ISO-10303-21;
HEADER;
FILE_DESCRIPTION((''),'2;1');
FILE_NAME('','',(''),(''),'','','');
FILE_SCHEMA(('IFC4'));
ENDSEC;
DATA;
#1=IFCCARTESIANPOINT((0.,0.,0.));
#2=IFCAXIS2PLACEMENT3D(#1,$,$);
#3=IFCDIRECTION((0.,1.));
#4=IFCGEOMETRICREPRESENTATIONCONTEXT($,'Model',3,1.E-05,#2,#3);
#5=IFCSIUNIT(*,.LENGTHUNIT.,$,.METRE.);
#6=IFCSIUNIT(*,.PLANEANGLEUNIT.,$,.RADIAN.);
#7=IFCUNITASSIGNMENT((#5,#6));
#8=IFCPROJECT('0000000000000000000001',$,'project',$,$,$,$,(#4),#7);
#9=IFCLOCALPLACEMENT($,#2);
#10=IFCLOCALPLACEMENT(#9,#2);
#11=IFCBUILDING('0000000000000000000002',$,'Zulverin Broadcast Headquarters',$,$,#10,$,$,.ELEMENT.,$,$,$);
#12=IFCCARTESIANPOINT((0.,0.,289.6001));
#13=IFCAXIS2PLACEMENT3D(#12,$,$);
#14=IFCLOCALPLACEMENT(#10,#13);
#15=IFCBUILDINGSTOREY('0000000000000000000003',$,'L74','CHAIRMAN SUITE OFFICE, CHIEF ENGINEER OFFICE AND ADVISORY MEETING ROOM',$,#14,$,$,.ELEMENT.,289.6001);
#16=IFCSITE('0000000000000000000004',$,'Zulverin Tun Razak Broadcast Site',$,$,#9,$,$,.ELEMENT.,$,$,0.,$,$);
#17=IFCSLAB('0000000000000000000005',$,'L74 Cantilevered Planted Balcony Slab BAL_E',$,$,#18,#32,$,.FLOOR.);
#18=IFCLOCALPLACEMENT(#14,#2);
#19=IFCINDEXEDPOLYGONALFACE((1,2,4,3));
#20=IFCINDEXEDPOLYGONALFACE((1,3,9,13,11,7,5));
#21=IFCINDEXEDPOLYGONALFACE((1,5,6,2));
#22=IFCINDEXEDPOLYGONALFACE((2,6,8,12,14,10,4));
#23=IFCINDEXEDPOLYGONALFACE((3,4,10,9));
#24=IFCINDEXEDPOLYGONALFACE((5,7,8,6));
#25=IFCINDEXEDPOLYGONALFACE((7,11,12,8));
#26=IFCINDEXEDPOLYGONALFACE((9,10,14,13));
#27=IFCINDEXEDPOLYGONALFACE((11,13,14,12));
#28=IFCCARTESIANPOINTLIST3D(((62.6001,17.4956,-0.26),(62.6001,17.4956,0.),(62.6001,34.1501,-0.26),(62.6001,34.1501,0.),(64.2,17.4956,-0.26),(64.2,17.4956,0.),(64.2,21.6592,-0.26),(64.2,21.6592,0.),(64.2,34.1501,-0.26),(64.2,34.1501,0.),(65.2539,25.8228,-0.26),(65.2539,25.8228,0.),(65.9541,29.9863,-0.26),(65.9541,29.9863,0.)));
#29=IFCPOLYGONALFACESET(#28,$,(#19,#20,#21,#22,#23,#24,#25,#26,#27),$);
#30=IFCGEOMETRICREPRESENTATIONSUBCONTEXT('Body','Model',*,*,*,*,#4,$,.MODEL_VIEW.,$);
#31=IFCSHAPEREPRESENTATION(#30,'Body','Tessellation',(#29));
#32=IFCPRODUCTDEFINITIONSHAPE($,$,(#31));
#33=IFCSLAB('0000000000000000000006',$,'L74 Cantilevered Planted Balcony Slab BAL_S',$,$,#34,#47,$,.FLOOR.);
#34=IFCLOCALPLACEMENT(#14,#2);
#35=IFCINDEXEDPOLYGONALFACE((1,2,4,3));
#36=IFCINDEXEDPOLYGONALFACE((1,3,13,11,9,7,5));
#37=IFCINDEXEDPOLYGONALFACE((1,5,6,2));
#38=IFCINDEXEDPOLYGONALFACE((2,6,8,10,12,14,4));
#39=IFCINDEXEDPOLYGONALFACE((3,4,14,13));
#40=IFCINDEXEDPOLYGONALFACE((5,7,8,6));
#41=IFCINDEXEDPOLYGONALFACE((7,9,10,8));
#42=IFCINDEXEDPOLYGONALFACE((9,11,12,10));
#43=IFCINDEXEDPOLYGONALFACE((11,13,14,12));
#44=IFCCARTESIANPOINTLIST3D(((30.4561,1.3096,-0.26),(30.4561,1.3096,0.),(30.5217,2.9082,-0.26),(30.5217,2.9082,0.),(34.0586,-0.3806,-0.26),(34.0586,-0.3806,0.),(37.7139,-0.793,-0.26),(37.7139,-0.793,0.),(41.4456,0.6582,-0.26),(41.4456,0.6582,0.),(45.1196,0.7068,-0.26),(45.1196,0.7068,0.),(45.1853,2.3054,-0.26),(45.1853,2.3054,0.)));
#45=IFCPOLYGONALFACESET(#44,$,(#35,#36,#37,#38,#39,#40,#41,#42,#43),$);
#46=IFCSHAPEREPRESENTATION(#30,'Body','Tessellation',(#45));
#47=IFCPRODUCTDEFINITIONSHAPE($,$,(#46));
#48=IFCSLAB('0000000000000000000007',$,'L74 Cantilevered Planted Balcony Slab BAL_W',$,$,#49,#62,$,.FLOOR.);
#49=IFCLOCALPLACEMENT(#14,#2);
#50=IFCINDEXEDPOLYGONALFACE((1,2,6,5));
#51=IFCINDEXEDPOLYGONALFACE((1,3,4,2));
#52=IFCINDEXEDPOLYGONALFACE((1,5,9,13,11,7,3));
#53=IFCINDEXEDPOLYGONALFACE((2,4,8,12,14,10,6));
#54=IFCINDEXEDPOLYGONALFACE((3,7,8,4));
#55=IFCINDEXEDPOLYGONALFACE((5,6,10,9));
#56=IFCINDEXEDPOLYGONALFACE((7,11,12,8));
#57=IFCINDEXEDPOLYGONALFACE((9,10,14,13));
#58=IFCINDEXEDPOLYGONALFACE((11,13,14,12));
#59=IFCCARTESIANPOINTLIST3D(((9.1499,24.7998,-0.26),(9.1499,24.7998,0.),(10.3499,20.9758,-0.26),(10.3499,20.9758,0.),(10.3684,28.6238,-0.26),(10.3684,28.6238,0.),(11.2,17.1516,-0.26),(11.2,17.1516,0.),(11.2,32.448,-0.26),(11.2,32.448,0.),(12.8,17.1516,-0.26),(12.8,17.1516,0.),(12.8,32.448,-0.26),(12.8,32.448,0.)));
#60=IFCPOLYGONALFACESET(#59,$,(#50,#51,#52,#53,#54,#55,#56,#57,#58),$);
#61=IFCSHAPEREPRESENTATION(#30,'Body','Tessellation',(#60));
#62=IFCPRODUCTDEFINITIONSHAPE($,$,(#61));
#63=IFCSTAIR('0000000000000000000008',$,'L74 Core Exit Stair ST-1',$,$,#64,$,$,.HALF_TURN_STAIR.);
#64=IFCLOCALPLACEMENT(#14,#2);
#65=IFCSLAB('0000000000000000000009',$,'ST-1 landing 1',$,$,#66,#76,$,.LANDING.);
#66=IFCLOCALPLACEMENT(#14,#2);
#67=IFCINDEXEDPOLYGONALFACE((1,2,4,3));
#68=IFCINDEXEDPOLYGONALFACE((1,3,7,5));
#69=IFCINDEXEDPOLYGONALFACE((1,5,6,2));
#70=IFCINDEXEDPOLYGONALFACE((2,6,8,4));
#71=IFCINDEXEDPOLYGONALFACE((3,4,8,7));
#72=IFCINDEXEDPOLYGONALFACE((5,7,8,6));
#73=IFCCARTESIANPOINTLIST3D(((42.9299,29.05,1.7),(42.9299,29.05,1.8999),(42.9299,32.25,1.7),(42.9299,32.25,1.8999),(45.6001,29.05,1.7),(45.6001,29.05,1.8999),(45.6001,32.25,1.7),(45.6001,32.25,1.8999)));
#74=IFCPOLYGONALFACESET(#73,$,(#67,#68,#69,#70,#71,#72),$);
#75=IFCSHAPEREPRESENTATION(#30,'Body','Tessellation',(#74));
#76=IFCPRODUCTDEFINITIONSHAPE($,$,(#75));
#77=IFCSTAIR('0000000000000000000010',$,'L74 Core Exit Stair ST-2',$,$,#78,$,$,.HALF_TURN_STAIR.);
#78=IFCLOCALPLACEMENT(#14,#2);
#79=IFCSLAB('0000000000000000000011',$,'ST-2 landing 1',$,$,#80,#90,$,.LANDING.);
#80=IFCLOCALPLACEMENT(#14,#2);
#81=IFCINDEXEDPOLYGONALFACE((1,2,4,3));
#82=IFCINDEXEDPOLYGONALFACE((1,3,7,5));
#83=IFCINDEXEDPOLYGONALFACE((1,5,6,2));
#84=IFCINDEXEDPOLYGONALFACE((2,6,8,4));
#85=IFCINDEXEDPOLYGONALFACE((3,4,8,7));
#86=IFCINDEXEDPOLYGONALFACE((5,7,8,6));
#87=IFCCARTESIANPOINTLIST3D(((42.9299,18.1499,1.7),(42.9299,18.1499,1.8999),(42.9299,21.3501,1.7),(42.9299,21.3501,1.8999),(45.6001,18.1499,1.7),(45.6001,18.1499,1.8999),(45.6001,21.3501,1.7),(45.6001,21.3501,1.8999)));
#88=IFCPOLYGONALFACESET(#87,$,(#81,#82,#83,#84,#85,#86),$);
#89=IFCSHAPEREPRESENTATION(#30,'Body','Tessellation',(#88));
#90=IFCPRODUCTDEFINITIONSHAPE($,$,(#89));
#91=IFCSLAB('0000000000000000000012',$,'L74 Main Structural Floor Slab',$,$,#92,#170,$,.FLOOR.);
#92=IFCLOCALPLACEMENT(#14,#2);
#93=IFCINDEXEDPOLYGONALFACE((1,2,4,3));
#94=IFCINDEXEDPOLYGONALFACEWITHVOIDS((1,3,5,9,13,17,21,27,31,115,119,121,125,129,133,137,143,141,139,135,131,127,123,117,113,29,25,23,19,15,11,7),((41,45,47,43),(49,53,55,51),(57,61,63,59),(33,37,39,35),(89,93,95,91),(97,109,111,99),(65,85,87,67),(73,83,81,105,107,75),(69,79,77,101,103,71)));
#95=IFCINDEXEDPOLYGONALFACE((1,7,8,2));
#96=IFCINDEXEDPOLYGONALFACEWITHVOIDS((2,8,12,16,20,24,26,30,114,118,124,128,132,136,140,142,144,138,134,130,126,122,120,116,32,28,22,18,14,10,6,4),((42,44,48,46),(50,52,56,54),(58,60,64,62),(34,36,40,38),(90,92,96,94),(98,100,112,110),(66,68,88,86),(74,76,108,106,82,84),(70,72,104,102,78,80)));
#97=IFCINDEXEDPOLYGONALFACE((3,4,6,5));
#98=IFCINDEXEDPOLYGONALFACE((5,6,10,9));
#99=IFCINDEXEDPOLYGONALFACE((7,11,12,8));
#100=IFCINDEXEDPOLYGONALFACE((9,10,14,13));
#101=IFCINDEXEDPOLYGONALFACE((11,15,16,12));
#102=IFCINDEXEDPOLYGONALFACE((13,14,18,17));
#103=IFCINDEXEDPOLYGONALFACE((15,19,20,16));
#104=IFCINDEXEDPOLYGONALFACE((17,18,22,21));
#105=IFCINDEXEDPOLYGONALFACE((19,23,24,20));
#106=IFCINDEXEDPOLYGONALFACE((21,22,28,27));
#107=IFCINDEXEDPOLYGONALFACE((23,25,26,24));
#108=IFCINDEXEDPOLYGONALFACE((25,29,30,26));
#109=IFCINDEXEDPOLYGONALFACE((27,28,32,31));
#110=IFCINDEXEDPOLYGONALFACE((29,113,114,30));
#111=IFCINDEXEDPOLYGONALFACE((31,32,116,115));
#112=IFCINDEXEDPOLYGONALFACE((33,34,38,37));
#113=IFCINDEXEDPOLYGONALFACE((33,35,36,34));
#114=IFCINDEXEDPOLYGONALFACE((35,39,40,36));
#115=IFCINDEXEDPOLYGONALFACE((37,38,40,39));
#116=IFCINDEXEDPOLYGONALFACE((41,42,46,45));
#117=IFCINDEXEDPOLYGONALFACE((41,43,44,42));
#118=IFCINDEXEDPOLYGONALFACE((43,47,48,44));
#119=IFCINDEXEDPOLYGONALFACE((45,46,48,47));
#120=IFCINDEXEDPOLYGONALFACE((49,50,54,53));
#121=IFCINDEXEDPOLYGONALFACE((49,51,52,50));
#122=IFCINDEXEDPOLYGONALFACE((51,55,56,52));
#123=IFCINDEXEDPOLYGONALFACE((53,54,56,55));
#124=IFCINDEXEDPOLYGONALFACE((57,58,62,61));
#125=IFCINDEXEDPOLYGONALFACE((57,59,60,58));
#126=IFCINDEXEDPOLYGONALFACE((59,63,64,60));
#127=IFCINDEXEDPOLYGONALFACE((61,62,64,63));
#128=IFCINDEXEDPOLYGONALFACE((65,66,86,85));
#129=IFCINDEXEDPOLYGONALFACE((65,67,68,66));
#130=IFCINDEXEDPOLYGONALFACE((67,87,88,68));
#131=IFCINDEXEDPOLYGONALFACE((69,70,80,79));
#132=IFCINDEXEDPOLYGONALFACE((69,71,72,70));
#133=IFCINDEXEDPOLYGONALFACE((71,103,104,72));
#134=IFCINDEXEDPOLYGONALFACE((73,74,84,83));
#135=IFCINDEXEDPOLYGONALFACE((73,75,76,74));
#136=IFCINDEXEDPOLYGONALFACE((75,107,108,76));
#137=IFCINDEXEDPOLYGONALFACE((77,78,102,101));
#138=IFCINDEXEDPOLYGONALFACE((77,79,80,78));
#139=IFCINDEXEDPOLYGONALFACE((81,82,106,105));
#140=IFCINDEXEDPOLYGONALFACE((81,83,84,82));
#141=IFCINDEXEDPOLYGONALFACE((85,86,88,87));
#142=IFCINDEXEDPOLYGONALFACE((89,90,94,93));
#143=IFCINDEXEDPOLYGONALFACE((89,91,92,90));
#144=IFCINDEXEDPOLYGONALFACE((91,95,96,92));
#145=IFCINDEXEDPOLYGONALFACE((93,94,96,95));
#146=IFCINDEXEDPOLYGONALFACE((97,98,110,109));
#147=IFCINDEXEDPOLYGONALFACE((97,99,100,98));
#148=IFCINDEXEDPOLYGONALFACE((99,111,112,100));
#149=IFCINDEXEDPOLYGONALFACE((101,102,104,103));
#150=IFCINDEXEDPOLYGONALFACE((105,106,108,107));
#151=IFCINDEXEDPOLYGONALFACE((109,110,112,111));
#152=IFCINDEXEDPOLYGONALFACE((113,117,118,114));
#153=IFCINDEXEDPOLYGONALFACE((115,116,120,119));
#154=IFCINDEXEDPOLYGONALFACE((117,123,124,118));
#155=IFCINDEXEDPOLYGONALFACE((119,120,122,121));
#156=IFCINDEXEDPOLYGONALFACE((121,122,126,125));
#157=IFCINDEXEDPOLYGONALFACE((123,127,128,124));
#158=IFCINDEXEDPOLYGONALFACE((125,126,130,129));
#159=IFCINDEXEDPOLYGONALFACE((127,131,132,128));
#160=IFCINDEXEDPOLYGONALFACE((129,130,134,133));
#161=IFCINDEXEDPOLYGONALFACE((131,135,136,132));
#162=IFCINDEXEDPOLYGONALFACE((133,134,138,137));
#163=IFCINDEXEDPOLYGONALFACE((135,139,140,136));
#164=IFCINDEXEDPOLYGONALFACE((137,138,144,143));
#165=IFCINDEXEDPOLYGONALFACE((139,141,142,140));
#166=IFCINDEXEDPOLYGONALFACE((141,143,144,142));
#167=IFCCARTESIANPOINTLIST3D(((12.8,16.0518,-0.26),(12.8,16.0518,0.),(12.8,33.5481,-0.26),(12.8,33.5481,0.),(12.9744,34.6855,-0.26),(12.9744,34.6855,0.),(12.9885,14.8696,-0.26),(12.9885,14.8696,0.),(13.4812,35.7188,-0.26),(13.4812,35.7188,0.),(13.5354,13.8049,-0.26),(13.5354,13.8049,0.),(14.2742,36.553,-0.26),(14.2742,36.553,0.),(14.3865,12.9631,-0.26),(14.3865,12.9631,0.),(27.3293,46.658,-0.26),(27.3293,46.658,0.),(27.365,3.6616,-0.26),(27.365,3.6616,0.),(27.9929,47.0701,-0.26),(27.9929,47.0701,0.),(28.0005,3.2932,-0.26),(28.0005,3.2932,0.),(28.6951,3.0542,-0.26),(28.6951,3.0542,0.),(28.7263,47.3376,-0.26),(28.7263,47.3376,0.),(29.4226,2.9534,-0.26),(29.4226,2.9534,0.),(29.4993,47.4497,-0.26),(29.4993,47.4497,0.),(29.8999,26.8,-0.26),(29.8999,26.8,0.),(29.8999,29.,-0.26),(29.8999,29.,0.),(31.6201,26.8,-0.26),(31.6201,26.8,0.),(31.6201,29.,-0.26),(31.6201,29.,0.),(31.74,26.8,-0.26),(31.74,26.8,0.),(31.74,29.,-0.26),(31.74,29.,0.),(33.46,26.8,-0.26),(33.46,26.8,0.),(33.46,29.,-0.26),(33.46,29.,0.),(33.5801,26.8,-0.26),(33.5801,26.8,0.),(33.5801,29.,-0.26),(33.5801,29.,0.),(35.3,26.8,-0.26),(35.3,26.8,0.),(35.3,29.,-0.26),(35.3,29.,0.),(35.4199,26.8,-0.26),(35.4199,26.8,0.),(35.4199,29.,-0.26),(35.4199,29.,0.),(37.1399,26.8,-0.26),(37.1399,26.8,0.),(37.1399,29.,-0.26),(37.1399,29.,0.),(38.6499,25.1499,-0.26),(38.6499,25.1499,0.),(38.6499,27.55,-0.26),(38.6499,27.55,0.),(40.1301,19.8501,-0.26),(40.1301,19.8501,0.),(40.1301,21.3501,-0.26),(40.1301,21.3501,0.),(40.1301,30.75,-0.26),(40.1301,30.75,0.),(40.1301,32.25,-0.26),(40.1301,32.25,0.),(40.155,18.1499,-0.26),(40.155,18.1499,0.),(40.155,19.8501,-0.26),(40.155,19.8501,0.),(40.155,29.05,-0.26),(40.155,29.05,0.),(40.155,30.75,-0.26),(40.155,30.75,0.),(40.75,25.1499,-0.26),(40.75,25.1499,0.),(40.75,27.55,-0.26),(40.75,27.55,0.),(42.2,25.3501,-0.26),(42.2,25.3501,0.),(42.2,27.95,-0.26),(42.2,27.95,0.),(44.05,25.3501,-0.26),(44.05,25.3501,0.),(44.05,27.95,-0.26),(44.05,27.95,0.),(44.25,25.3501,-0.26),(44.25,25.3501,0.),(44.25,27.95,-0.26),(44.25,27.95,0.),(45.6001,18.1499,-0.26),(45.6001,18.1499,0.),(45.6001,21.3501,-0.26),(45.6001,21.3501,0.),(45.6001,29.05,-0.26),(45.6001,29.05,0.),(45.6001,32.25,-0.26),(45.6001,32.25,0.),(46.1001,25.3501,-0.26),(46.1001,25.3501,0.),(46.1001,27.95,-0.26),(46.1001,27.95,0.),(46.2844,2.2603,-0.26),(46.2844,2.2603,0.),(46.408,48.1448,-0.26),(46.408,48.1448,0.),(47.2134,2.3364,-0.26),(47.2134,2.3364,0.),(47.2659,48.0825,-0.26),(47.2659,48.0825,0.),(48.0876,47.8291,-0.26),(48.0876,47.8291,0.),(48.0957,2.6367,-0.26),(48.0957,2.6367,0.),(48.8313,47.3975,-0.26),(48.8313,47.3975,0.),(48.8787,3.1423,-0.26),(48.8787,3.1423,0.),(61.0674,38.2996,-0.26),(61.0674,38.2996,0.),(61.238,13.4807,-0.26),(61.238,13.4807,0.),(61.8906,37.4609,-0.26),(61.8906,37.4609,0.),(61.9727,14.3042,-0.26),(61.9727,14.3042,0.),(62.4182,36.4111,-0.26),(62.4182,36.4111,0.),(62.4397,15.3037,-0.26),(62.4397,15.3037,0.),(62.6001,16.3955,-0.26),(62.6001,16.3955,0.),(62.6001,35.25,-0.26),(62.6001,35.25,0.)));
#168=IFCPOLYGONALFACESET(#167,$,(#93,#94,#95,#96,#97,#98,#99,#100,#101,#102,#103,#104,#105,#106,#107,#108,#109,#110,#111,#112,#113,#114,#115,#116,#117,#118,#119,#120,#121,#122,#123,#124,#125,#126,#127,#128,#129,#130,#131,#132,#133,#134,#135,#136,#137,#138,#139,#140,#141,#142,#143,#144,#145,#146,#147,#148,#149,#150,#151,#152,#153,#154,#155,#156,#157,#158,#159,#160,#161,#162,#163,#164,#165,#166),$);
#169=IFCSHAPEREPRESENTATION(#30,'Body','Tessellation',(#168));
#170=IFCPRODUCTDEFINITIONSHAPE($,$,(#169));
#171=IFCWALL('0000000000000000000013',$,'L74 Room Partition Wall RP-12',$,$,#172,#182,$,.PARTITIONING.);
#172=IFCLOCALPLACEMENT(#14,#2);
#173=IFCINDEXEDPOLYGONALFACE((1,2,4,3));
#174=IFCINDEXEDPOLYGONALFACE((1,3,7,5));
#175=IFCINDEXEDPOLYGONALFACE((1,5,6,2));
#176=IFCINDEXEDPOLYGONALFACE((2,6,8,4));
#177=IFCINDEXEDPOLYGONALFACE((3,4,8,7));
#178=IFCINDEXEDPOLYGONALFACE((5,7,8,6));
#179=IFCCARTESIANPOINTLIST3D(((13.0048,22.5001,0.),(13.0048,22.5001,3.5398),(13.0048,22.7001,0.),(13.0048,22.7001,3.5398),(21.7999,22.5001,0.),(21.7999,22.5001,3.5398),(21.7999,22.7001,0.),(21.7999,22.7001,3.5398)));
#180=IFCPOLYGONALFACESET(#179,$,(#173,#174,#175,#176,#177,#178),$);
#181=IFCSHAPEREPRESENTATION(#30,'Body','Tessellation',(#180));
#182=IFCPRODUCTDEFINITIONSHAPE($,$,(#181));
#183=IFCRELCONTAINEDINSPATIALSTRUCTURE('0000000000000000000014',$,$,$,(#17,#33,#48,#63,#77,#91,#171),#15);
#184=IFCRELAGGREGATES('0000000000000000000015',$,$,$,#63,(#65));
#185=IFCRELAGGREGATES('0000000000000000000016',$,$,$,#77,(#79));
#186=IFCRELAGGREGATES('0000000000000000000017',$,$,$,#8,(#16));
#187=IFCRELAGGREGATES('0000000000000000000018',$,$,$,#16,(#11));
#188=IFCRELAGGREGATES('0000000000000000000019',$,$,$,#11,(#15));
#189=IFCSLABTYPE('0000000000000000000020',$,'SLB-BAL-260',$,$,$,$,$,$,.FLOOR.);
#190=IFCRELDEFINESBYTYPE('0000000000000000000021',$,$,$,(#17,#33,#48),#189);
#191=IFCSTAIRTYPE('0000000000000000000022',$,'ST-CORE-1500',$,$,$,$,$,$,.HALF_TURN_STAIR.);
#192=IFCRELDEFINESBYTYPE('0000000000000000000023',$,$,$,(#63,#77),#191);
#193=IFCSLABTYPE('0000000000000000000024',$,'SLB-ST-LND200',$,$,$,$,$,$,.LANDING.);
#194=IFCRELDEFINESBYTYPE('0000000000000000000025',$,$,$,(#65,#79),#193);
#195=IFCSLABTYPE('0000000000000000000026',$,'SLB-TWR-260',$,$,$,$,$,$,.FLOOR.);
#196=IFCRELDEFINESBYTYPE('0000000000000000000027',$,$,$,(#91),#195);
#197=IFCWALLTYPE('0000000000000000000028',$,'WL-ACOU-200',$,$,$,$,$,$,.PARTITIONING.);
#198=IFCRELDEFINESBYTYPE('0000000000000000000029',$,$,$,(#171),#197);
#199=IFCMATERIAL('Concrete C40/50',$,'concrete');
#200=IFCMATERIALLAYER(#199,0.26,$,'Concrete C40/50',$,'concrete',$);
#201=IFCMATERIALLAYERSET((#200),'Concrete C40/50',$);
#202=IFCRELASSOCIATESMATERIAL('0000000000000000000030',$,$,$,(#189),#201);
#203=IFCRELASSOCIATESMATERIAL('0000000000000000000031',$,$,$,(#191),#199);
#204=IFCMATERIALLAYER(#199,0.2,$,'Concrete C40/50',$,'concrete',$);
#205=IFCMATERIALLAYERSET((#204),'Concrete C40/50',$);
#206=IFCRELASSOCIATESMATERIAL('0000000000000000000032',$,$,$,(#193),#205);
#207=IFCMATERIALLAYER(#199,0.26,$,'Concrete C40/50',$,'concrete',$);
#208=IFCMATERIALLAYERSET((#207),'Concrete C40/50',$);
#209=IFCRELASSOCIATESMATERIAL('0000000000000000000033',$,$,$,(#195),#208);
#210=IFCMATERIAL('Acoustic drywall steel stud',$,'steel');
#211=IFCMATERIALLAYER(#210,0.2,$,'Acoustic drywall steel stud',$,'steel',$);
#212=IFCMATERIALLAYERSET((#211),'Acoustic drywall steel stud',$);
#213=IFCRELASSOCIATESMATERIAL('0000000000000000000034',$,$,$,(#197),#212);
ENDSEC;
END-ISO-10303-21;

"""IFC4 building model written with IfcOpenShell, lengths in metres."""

from ifc_helpers import new_model, si_unit, direction, frame, frame_2d, origin, place, context, subcontext, project, spatial, polyline, rectangle, outline, extrude, material, layer, layer_set, type_object, element, aggregate, save


model = new_model("IFC4")

# Units and contexts
model_context = context("Model", 3, precision=1e-05, world=origin(), true_north=direction((0.0, 1.0)))
body_context = subcontext(model_context, "Body", "Model", "MODEL_VIEW")
ifc_project = project(units=[si_unit("LENGTHUNIT", "METRE"), si_unit("PLANEANGLEUNIT", "RADIAN")], contexts=[model_context])

# Site, building, storey
site_placement = place(None, origin())
site = spatial("IfcSite", under=ifc_project, at=site_placement, Name="Zulverin Tun Razak Broadcast Site", CompositionType="ELEMENT", RefElevation=0.0)
building_placement = place(site_placement, origin())
building = spatial("IfcBuilding", under=site, at=building_placement, Name="Zulverin Broadcast Headquarters", CompositionType="ELEMENT")
storey_placement = place(building_placement, frame((0.0, 0.0, 289.6001)))
storey = spatial("IfcBuildingStorey", under=building, at=storey_placement, Name="L74", Description="CHAIRMAN SUITE OFFICE, CHIEF ENGINEER OFFICE AND ADVISORY MEETING ROOM", CompositionType="ELEMENT", Elevation=289.6001)

# Slabs
ifc_material_1 = material(Name="Concrete C40/50", Category="concrete")
ifc_layer_1 = layer(ifc_material_1, 0.26, Name="Concrete C40/50", Category="concrete")
ifc_layer_set_1 = layer_set([ifc_layer_1], Name="Concrete C40/50")
slab_type_1 = type_object("IfcSlabType", Name="SLB-BAL-260", PredefinedType="FLOOR", material=ifc_layer_set_1)
slab_1_placement = place(storey_placement, frame((0.0, 0.0, -0.26)))
element("IfcSlab", 1, at=slab_1_placement, inside=storey, type_object=slab_type_1, Name="L74 Cantilevered Planted Balcony Slab BAL_E", PredefinedType="FLOOR", context=body_context, shape_type="SweptSolid", body=[
    extrude(outline(polyline([(62.6001, 34.1501), (62.6001, 17.4956), (64.2, 17.4956), (64.2, 21.6592), (65.2539, 25.8228), (65.9541, 29.9863), (64.2, 34.1501), (62.6001, 34.1501)])), origin(), (0.0, 0.0, 1.0), 0.26),
])
slab_2_placement = place(storey_placement, frame((0.0, 0.0, -0.26)))
element("IfcSlab", 2, at=slab_2_placement, inside=storey, type_object=slab_type_1, Name="L74 Cantilevered Planted Balcony Slab BAL_S", PredefinedType="FLOOR", context=body_context, shape_type="SweptSolid", body=[
    extrude(outline(polyline([(45.1853, 2.3054), (30.5217, 2.9082), (30.4561, 1.3096), (34.0586, -0.3806), (37.7139, -0.793), (41.4456, 0.6582), (45.1196, 0.7068), (45.1853, 2.3054)])), origin(), (0.0, 0.0, 1.0), 0.26),
])
slab_3_placement = place(storey_placement, frame((0.0, 0.0, -0.26)))
element("IfcSlab", 3, at=slab_3_placement, inside=storey, type_object=slab_type_1, Name="L74 Cantilevered Planted Balcony Slab BAL_W", PredefinedType="FLOOR", context=body_context, shape_type="SweptSolid", body=[
    extrude(outline(polyline([(12.8, 17.1516), (12.8, 32.448), (11.2, 32.448), (10.3684, 28.6238), (9.1499, 24.7998), (10.3499, 20.9758), (11.2, 17.1516), (12.8, 17.1516)])), origin(), (0.0, 0.0, 1.0), 0.26),
])

# Stairs, slabs
stair_type = type_object("IfcStairType", Name="ST-CORE-1500", PredefinedType="HALF_TURN_STAIR", material=ifc_material_1)
stair_1_placement = place(storey_placement, origin())
stair_1 = element("IfcStair", 4, at=stair_1_placement, inside=storey, type_object=stair_type, Name="L74 Core Exit Stair ST-1", PredefinedType="HALF_TURN_STAIR")
ifc_layer_2 = layer(ifc_material_1, 0.2, Name="Concrete C40/50", Category="concrete")
ifc_layer_set_2 = layer_set([ifc_layer_2], Name="Concrete C40/50")
slab_type_2 = type_object("IfcSlabType", Name="SLB-ST-LND200", PredefinedType="LANDING", material=ifc_layer_set_2)
slab_4_placement = place(storey_placement, frame((0.0, 0.0, 1.7)))
slab_4 = element("IfcSlab", 5, at=slab_4_placement, type_object=slab_type_2, Name="ST-1 landing 1", PredefinedType="LANDING", context=body_context, shape_type="SweptSolid", body=[
    extrude(outline(polyline([(42.9299, 29.05), (45.6001, 29.05), (45.6001, 32.25), (42.9299, 32.25), (42.9299, 29.05)])), origin(), (0.0, 0.0, 1.0), 0.2),
])
aggregate(stair_1, [slab_4])
stair_2_placement = place(storey_placement, origin())
stair_2 = element("IfcStair", 6, at=stair_2_placement, inside=storey, type_object=stair_type, Name="L74 Core Exit Stair ST-2", PredefinedType="HALF_TURN_STAIR")
slab_5_placement = place(storey_placement, frame((0.0, 0.0, 1.7)))
slab_5 = element("IfcSlab", 7, at=slab_5_placement, type_object=slab_type_2, Name="ST-2 landing 1", PredefinedType="LANDING", context=body_context, shape_type="SweptSolid", body=[
    extrude(outline(polyline([(42.9299, 18.1499), (45.6001, 18.1499), (45.6001, 21.3501), (42.9299, 21.3501), (42.9299, 18.1499)])), origin(), (0.0, 0.0, 1.0), 0.2),
])
aggregate(stair_2, [slab_5])

# Slab
ifc_layer_3 = layer(ifc_material_1, 0.26, Name="Concrete C40/50", Category="concrete")
ifc_layer_set_3 = layer_set([ifc_layer_3], Name="Concrete C40/50")
slab_type_3 = type_object("IfcSlabType", Name="SLB-TWR-260", PredefinedType="FLOOR", material=ifc_layer_set_3)
slab_6_placement = place(storey_placement, frame((0.0, 0.0, -0.26)))
element("IfcSlab", 8, at=slab_6_placement, inside=storey, type_object=slab_type_3, Name="L74 Main Structural Floor Slab", PredefinedType="FLOOR", context=body_context, shape_type="SweptSolid", body=[
    extrude(outline(polyline([(27.365, 3.6616), (28.0005, 3.2932), (28.6951, 3.0542), (29.4226, 2.9534), (46.2844, 2.2603), (47.2134, 2.3364), (48.0957, 2.6367), (48.8787, 3.1423), (61.238, 13.4807), (61.9727, 14.3042), (62.4397, 15.3037), (62.6001, 16.3955), (62.6001, 35.25), (62.4182, 36.4111), (61.8906, 37.4609), (61.0674, 38.2996), (48.8313, 47.3975), (48.0876, 47.8291), (47.2659, 48.0825), (46.408, 48.1448), (29.4993, 47.4497), (28.7263, 47.3376), (27.9929, 47.0701), (27.3293, 46.658), (14.2742, 36.553), (13.4812, 35.7188), (12.9744, 34.6855), (12.8, 33.5481), (12.8, 16.0518), (12.9885, 14.8696), (13.5354, 13.8049), (14.3865, 12.9631), (27.365, 3.6616)]), holes=[polyline([(40.155, 30.75), (40.1301, 30.75), (40.1301, 32.25), (45.6001, 32.25), (45.6001, 29.05), (40.155, 29.05), (40.155, 30.75)]), polyline([(40.155, 19.8501), (40.1301, 19.8501), (40.1301, 21.3501), (45.6001, 21.3501), (45.6001, 18.1499), (40.155, 18.1499), (40.155, 19.8501)]), polyline([(29.8999, 26.8), (31.6201, 26.8), (31.6201, 29.0), (29.8999, 29.0), (29.8999, 26.8)]), polyline([(31.74, 26.8), (33.46, 26.8), (33.46, 29.0), (31.74, 29.0), (31.74, 26.8)]), polyline([(33.5801, 26.8), (35.3, 26.8), (35.3, 29.0), (33.5801, 29.0), (33.5801, 26.8)]), polyline([(35.4199, 26.8), (37.1399, 26.8), (37.1399, 29.0), (35.4199, 29.0), (35.4199, 26.8)]), polyline([(42.2, 25.3501), (44.05, 25.3501), (44.05, 27.95), (42.2, 27.95), (42.2, 25.3501)]), polyline([(44.25, 25.3501), (46.1001, 25.3501), (46.1001, 27.95), (44.25, 27.95), (44.25, 25.3501)]), polyline([(38.6499, 25.1499), (40.75, 25.1499), (40.75, 27.55), (38.6499, 27.55), (38.6499, 25.1499)])]), origin(), (0.0, 0.0, 1.0), 0.26),
])

# Wall
ifc_material_2 = material(Name="Acoustic drywall steel stud", Category="steel")
ifc_layer_4 = layer(ifc_material_2, 0.2, Name="Acoustic drywall steel stud", Category="steel")
ifc_layer_set_4 = layer_set([ifc_layer_4], Name="Acoustic drywall steel stud")
wall_type_1 = type_object("IfcWallType", Name="WL-ACOU-200", PredefinedType="PARTITIONING", material=ifc_layer_set_4)
wall_1_placement = place(storey_placement, frame((13.0049, 22.6001, 0.0), z_axis=(0.0, 0.0, 1.0), x_axis=(1.0, 0.0, 0.0)))
element("IfcWall", 9, at=wall_1_placement, inside=storey, type_object=wall_type_1, Name="L74 Room Partition Wall RP-12", PredefinedType="PARTITIONING", context=body_context, shape_type="SweptSolid", body=[
    extrude(rectangle(XDim=8.7952, YDim=0.2, at=frame_2d((4.3975, 0.0))), origin(), (0.0, 0.0, 1.0), 3.5398),
])

save(model, "model.ifc")
